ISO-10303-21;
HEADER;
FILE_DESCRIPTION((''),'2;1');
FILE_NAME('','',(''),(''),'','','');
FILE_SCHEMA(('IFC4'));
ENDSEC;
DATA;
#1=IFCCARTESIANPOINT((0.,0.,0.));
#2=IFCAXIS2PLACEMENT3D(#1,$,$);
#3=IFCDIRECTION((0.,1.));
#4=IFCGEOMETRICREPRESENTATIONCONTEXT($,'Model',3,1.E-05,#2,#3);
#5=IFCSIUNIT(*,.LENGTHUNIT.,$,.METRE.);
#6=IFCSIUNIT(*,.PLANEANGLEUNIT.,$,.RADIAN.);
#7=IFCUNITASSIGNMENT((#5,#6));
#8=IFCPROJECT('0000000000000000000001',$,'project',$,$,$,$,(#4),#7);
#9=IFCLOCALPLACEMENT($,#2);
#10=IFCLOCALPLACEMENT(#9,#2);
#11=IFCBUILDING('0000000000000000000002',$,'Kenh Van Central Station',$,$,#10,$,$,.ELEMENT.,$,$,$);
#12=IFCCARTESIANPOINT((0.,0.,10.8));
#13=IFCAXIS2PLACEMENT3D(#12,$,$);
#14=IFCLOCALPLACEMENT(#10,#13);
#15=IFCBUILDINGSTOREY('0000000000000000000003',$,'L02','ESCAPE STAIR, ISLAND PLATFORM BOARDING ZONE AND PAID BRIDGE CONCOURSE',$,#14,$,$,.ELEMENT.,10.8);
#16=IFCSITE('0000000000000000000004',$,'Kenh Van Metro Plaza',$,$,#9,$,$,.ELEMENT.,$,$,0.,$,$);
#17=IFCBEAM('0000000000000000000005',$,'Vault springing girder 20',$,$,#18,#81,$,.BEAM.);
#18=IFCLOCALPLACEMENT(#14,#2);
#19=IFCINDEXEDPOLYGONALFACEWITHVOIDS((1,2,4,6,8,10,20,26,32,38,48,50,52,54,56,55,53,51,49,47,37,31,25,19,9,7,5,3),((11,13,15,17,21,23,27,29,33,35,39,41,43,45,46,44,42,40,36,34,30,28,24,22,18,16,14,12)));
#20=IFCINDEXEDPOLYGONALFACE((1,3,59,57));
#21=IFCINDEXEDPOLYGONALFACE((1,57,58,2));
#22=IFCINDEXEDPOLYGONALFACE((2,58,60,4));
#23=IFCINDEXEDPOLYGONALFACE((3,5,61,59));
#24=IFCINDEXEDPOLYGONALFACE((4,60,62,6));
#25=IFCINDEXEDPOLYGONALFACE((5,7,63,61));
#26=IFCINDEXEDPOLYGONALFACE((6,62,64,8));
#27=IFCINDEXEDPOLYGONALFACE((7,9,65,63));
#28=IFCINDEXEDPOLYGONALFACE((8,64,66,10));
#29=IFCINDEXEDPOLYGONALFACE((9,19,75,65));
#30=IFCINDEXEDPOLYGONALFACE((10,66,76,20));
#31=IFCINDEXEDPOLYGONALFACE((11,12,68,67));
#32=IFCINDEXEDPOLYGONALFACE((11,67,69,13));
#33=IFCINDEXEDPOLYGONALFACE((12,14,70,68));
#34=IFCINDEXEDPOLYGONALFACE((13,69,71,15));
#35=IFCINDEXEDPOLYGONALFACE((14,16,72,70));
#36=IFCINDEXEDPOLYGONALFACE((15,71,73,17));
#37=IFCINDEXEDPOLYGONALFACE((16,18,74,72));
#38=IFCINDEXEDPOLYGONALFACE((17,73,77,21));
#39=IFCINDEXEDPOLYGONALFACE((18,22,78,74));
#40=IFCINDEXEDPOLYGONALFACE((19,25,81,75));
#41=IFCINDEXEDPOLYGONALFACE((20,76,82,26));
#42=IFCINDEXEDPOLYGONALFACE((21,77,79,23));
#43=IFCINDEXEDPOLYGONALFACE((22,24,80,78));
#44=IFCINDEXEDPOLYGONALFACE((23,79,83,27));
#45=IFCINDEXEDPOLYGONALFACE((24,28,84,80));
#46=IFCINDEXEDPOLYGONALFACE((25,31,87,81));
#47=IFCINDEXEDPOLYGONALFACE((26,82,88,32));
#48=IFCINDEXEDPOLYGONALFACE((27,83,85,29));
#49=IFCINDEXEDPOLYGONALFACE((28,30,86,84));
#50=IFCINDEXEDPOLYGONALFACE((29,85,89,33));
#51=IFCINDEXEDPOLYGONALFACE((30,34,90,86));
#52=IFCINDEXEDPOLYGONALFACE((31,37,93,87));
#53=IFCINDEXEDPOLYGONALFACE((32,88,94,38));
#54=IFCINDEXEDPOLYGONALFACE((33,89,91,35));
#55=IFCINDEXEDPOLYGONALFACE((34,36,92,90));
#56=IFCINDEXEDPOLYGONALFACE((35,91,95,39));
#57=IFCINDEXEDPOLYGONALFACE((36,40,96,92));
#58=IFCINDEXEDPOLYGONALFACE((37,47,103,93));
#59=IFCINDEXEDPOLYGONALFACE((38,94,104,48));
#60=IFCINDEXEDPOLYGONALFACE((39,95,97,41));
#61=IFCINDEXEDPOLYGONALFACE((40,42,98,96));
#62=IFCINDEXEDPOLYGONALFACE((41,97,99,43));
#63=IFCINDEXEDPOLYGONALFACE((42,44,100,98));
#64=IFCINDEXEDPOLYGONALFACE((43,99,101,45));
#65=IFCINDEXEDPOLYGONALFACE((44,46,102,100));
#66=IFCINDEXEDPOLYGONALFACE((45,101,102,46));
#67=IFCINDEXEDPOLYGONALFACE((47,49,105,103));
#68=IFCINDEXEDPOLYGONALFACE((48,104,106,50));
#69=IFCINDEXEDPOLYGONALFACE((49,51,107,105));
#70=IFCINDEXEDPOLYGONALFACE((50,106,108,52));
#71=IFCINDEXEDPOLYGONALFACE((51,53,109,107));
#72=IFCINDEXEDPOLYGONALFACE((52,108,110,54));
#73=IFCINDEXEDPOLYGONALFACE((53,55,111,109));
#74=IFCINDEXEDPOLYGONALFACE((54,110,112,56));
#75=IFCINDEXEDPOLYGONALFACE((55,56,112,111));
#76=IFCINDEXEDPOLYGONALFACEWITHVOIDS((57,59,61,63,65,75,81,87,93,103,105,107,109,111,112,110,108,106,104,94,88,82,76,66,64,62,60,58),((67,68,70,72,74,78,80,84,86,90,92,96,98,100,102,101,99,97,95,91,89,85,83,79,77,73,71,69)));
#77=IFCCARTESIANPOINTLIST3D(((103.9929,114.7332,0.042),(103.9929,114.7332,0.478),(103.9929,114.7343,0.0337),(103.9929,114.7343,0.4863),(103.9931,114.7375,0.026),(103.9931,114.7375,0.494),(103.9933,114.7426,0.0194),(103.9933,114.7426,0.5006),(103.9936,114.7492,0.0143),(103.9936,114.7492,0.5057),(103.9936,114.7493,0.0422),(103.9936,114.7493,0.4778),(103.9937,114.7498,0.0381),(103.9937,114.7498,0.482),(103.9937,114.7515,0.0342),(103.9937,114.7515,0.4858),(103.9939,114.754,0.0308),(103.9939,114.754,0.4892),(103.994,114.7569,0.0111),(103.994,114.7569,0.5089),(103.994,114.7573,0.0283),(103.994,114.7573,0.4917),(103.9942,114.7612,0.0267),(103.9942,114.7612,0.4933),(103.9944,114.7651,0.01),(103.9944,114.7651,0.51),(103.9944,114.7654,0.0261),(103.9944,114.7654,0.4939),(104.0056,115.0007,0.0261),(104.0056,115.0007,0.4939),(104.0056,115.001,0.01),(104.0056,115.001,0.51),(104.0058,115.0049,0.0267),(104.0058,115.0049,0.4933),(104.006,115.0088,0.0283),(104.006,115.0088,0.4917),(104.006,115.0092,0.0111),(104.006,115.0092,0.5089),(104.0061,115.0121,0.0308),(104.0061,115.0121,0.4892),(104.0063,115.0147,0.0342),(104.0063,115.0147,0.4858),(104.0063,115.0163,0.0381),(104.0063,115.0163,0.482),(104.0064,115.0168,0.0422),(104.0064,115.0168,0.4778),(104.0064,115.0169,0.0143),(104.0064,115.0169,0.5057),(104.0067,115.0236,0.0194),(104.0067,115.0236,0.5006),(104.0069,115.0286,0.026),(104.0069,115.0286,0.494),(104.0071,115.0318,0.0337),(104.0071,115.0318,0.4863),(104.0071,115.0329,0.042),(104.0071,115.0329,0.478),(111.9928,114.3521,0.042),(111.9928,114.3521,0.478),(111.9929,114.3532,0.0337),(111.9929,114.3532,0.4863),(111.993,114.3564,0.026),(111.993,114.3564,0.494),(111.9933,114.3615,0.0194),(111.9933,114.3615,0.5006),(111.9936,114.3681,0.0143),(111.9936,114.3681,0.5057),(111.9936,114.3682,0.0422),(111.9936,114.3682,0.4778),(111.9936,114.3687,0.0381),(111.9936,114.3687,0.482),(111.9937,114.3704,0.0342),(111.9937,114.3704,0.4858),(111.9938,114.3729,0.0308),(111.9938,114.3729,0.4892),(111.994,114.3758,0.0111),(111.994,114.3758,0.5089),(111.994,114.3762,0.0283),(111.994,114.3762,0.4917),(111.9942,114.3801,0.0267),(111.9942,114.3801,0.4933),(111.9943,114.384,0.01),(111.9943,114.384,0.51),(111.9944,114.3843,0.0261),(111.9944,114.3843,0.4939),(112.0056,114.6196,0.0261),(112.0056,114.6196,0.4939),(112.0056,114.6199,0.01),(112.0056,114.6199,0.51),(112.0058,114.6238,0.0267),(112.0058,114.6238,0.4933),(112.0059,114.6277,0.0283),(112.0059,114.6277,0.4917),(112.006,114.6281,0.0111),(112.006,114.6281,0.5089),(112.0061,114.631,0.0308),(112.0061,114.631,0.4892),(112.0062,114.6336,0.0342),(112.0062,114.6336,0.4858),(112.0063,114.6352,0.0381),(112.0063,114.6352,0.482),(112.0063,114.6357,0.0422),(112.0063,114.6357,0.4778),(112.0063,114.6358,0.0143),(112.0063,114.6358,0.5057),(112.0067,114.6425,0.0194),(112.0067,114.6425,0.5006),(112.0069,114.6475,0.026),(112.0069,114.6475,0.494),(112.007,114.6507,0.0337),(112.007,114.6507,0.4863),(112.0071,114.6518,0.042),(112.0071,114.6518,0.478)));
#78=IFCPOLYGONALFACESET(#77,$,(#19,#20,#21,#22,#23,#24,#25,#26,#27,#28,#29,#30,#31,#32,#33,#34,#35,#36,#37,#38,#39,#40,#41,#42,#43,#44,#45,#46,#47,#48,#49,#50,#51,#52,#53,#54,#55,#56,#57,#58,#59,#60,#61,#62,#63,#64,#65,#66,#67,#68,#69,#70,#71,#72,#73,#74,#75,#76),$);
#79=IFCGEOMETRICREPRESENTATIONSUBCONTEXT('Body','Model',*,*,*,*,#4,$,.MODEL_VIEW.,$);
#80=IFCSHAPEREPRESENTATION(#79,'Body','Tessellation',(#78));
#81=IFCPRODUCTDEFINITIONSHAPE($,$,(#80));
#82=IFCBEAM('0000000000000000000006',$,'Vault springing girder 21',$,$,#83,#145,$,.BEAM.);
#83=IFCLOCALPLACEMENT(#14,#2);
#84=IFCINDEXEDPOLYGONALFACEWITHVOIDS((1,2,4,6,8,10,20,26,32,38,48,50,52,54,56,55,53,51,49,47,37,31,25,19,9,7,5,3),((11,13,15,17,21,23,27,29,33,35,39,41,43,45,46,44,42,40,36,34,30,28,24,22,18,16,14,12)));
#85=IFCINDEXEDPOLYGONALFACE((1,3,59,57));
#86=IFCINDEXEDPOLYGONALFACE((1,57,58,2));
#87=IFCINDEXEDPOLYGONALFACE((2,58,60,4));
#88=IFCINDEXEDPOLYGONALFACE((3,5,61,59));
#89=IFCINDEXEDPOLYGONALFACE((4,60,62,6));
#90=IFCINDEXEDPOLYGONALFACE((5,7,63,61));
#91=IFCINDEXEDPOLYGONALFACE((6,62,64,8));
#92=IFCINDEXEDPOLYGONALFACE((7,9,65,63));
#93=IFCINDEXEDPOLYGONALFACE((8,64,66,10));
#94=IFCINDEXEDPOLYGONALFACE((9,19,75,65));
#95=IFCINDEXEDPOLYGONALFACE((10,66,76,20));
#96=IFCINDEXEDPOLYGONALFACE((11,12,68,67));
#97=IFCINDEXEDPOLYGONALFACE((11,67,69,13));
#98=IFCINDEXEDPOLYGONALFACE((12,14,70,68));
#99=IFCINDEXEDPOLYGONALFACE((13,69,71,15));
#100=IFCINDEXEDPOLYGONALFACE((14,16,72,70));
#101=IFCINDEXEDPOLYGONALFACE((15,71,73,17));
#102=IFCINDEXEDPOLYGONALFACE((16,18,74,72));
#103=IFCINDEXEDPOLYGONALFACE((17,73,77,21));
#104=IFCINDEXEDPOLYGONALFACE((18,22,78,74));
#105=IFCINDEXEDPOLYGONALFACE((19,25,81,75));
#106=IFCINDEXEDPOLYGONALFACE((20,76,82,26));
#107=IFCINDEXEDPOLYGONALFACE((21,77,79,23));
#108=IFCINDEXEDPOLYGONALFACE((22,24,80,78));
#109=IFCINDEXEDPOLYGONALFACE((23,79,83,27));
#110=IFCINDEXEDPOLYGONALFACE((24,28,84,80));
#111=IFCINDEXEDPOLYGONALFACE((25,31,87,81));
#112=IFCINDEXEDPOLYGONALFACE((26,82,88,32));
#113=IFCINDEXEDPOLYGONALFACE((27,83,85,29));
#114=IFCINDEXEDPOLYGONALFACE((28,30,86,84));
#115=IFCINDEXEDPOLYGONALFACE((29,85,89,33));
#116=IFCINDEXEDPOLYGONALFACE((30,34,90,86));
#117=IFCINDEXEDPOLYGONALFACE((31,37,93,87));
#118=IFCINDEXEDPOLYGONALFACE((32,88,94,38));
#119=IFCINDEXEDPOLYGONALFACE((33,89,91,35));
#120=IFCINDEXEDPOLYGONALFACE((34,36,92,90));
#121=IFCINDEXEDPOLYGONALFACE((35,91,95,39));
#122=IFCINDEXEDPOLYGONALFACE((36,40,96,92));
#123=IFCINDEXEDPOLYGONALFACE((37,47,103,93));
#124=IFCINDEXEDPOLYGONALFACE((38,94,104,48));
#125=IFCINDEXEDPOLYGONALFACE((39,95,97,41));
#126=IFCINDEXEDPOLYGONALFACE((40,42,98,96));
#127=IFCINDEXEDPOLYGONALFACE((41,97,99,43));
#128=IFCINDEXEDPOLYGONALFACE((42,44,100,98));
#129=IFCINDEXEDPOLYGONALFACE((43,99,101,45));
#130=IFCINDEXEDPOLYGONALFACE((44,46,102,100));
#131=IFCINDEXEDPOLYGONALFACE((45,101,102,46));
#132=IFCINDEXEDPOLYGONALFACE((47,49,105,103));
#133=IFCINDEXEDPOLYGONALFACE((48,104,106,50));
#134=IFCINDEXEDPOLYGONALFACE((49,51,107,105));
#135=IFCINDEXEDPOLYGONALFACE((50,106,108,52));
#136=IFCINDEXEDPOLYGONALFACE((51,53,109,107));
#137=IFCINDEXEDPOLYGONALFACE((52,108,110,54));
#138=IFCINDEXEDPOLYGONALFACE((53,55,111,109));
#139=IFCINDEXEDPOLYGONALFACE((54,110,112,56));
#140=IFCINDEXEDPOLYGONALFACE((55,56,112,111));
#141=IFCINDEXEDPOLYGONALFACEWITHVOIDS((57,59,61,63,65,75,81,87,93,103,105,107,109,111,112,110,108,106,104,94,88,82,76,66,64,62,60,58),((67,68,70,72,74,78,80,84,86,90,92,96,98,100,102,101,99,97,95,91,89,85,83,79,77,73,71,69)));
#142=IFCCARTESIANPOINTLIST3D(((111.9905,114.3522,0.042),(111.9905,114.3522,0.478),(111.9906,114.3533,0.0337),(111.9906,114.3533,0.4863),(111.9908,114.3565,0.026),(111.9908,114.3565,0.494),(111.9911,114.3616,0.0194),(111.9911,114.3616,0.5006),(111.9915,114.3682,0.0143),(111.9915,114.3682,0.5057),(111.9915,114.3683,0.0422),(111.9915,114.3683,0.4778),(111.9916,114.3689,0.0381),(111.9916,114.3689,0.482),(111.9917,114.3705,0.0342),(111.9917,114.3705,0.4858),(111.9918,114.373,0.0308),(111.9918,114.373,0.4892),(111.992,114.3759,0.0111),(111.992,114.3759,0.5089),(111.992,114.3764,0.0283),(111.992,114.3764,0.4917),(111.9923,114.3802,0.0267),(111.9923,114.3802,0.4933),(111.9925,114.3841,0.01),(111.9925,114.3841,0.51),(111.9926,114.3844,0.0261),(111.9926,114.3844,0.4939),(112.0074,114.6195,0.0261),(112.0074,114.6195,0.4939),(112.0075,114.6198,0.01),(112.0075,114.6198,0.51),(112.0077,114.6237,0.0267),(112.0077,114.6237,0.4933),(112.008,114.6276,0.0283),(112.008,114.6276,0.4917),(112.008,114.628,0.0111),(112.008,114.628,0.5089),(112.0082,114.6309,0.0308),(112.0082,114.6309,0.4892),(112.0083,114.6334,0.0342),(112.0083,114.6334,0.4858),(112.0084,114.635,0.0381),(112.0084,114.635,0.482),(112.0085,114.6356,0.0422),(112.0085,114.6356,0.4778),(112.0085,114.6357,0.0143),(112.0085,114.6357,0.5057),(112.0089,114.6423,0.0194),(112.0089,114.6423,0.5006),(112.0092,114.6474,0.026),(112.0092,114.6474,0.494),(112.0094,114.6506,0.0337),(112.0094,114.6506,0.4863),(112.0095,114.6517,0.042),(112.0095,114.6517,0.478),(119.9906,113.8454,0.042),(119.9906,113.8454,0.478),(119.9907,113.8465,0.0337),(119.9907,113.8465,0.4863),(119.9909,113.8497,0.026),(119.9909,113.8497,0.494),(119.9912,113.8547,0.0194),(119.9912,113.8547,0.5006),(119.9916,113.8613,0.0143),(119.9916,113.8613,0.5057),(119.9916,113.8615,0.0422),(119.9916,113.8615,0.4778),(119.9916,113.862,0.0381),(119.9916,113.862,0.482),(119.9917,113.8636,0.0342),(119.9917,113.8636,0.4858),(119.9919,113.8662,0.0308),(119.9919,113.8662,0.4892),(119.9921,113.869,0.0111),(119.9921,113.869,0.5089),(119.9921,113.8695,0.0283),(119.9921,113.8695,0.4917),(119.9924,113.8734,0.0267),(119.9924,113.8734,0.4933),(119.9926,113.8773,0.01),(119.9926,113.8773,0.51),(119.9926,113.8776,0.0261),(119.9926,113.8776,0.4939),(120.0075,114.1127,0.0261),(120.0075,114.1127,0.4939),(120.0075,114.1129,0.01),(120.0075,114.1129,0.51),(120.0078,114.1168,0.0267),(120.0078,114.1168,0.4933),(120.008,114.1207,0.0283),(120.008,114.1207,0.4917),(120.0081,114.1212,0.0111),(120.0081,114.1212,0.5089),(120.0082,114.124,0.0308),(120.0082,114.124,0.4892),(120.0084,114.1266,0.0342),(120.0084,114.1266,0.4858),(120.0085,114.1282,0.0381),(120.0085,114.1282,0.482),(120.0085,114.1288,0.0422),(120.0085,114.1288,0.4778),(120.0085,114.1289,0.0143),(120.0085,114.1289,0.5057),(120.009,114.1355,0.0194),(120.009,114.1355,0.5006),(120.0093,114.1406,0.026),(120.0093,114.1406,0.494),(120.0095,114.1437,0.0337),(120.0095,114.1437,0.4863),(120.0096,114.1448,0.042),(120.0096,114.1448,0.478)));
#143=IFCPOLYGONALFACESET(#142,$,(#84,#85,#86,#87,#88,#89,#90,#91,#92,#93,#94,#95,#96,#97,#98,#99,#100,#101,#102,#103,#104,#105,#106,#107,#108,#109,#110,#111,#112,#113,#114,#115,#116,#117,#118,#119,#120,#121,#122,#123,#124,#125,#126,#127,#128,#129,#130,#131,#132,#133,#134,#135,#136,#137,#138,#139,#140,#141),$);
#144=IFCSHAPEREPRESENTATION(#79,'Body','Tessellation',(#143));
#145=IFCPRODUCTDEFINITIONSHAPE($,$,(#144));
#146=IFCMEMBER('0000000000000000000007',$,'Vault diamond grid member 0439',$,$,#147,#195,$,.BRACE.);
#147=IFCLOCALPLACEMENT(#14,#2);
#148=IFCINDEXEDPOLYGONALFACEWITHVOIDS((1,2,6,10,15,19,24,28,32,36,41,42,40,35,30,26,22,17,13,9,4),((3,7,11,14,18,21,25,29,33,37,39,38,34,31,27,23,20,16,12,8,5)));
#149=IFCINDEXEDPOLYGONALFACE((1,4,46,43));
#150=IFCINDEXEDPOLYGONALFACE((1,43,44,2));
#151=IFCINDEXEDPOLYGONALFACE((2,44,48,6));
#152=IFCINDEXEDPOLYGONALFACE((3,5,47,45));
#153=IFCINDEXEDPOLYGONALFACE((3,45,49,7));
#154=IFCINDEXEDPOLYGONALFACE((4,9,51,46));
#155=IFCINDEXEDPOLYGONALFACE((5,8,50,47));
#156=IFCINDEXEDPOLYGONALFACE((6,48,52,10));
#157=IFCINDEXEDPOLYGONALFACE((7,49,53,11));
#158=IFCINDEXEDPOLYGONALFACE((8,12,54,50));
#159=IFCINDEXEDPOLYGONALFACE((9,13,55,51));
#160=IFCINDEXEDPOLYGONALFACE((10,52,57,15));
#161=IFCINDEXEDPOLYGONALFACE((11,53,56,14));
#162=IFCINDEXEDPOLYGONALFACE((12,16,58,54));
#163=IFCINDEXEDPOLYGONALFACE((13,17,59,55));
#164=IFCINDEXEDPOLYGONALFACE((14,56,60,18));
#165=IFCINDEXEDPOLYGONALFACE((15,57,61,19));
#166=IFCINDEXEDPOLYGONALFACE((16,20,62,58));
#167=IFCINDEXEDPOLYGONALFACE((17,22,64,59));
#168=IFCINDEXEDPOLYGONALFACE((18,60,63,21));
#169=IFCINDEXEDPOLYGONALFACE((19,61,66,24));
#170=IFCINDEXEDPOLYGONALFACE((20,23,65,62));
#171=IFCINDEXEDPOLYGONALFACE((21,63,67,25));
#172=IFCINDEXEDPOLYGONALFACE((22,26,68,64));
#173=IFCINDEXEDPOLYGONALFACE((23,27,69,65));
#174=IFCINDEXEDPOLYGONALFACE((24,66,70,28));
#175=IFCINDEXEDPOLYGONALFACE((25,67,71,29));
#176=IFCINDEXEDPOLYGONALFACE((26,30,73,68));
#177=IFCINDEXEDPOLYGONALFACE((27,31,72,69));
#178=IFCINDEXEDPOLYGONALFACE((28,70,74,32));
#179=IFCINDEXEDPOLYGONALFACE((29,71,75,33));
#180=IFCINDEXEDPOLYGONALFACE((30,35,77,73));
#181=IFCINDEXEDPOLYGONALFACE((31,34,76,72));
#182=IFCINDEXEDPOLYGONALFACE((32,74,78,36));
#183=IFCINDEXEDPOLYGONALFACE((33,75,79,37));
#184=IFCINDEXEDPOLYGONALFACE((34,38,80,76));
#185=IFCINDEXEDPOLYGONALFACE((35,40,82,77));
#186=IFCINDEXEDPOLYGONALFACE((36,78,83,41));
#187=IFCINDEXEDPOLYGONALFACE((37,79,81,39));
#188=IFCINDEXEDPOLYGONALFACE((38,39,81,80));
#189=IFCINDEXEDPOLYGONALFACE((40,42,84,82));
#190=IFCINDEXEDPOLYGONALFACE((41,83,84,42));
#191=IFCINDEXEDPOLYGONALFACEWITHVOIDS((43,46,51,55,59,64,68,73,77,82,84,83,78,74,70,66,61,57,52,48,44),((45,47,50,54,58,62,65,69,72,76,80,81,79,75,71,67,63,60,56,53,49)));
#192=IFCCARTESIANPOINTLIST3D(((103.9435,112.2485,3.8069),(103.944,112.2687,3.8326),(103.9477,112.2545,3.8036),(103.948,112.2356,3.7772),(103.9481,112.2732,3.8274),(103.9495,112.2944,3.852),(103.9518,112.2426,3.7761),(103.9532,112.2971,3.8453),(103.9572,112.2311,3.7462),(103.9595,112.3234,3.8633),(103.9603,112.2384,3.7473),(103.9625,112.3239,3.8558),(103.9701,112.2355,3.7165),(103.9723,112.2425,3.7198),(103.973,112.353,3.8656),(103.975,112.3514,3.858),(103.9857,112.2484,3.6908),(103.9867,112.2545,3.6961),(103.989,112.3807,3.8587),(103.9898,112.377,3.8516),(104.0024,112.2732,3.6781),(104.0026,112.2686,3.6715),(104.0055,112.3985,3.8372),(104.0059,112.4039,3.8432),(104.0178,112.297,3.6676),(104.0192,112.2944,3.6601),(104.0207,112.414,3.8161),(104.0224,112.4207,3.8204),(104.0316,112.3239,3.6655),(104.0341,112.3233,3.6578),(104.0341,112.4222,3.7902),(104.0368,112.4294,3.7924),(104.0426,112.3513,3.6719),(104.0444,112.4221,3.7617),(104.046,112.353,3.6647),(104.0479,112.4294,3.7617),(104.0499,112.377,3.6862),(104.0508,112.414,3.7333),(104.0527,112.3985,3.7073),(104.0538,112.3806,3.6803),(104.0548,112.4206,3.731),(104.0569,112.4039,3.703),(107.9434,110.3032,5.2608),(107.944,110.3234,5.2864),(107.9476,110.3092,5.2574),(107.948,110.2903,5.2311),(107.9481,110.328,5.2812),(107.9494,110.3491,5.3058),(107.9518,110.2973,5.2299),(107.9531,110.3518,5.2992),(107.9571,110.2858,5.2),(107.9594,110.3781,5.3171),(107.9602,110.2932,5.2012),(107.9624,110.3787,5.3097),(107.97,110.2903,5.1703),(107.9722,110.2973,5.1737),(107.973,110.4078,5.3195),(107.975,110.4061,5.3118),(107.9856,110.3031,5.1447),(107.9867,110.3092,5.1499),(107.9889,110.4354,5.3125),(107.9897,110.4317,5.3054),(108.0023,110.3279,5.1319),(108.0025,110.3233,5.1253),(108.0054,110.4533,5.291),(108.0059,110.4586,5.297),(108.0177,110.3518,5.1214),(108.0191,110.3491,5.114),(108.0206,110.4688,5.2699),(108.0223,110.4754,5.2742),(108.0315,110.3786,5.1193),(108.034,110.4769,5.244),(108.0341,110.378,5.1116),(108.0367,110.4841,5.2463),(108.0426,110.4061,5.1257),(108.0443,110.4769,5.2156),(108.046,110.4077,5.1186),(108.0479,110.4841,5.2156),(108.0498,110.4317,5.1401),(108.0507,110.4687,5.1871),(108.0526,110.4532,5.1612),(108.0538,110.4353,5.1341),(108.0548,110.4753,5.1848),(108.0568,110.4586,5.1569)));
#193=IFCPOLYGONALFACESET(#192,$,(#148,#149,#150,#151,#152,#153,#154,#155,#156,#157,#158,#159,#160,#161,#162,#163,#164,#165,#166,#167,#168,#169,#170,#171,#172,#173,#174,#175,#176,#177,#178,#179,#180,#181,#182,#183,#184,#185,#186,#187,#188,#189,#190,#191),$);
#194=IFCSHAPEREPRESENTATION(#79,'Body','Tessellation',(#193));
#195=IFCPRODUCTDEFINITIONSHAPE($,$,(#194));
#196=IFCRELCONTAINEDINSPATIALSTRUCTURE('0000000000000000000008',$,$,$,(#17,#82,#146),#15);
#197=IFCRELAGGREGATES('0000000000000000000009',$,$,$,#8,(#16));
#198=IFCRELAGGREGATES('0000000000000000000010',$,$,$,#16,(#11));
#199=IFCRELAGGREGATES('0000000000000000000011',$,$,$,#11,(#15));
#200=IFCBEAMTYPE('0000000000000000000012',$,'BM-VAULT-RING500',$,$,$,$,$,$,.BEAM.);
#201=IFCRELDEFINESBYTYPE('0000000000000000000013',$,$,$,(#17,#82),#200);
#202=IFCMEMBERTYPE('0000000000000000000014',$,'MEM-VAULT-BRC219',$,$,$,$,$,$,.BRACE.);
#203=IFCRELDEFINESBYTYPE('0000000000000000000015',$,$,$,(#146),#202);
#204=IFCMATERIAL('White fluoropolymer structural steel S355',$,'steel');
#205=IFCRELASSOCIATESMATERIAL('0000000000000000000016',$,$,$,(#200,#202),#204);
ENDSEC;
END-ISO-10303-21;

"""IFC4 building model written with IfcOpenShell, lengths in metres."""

from ifc_helpers import new_model, si_unit, direction, frame, origin, origin_2d, place, context, subcontext, project, spatial, hollow_rectangle, hollow_circle, extrude, material, material_profile, profile_set, type_object, element, save


model = new_model("IFC4")

# Units and contexts
model_context = context("Model", 3, precision=1e-05, world=origin(), true_north=direction((0.0, 1.0)))
body_context = subcontext(model_context, "Body", "Model", "MODEL_VIEW")
ifc_project = project(units=[si_unit("LENGTHUNIT", "METRE"), si_unit("PLANEANGLEUNIT", "RADIAN")], contexts=[model_context])

# Site, building, storey
site_placement = place(None, origin())
site = spatial("IfcSite", under=ifc_project, at=site_placement, Name="Kenh Van Metro Plaza", CompositionType="ELEMENT", RefElevation=0.0)
building_placement = place(site_placement, origin())
building = spatial("IfcBuilding", under=site, at=building_placement, Name="Kenh Van Central Station", CompositionType="ELEMENT")
storey_placement = place(building_placement, frame((0.0, 0.0, 10.8)))
storey = spatial("IfcBuildingStorey", under=building, at=storey_placement, Name="L02", Description="ESCAPE STAIR, ISLAND PLATFORM BOARDING ZONE AND PAID BRIDGE CONCOURSE", CompositionType="ELEMENT", Elevation=10.8)

# Beams
ifc_material_1 = material(Name="White fluoropolymer structural steel S355", Category="steel")
ifc_material_profile_1 = material_profile(ifc_material_1, hollow_rectangle(XDim=0.3, YDim=0.5, WallThickness=0.0161, InnerFilletRadius=0.0161, OuterFilletRadius=0.032, at=origin_2d()), Name="RHS 500x300x16")
ifc_profile_set_1 = profile_set([ifc_material_profile_1], Name="White fluoropolymer structural steel S355")
beam_type_1 = type_object("IfcBeamType", Name="BM-VAULT-RING500", PredefinedType="BEAM", material=ifc_profile_set_1)
beam_1_placement = place(storey_placement, frame((104.0, 114.8831, 0.26), z_axis=(0.998867, -0.047584, 0.0), x_axis=(0.047584, 0.998867, 0.0)))
element("IfcBeam", 1, at=beam_1_placement, inside=storey, type_object=beam_type_1, Name="Vault springing girder 20", PredefinedType="BEAM", context=body_context, shape_type="SweptSolid", body=[
    extrude(hollow_rectangle(XDim=0.3, YDim=0.5, WallThickness=0.0161, InnerFilletRadius=0.0161, OuterFilletRadius=0.032, at=origin_2d()), origin(), (0.0, 0.0, 1.0), 8.009),
])
beam_2_placement = place(storey_placement, frame((112.0, 114.502, 0.26), z_axis=(0.997999, -0.063228, 0.0), x_axis=(0.063228, 0.997999, 0.0)))
element("IfcBeam", 2, at=beam_2_placement, inside=storey, type_object=beam_type_1, Name="Vault springing girder 21", PredefinedType="BEAM", context=body_context, shape_type="SweptSolid", body=[
    extrude(hollow_rectangle(XDim=0.3, YDim=0.5, WallThickness=0.0161, InnerFilletRadius=0.0161, OuterFilletRadius=0.032, at=origin_2d()), origin(), (0.0, 0.0, 1.0), 8.0161),
])

# Member
ifc_material_profile_2 = material_profile(ifc_material_1, hollow_circle(Radius=0.1096, WallThickness=0.0081, at=origin_2d()), Name="CHS 219.1x8")
ifc_profile_set_2 = profile_set([ifc_material_profile_2], Name="White fluoropolymer structural steel S355")
member_type_1 = type_object("IfcMemberType", Name="MEM-VAULT-BRC219", PredefinedType="BRACE", material=ifc_profile_set_2)
member_1_placement = place(storey_placement, frame((104.0, 112.3308, 3.7617), z_axis=(0.854788, -0.415707, 0.310685), x_axis=(0.437351, 0.899291, 0.0)))
element("IfcMember", 3, at=member_1_placement, inside=storey, type_object=member_type_1, Name="Vault diamond grid member 0439", PredefinedType="BRACE", context=body_context, shape_type="SweptSolid", body=[
    extrude(hollow_circle(Radius=0.1096, WallThickness=0.0081, at=origin_2d()), origin(), (0.0, 0.0, 1.0), 4.6794),
])

save(model, "model.ifc")
